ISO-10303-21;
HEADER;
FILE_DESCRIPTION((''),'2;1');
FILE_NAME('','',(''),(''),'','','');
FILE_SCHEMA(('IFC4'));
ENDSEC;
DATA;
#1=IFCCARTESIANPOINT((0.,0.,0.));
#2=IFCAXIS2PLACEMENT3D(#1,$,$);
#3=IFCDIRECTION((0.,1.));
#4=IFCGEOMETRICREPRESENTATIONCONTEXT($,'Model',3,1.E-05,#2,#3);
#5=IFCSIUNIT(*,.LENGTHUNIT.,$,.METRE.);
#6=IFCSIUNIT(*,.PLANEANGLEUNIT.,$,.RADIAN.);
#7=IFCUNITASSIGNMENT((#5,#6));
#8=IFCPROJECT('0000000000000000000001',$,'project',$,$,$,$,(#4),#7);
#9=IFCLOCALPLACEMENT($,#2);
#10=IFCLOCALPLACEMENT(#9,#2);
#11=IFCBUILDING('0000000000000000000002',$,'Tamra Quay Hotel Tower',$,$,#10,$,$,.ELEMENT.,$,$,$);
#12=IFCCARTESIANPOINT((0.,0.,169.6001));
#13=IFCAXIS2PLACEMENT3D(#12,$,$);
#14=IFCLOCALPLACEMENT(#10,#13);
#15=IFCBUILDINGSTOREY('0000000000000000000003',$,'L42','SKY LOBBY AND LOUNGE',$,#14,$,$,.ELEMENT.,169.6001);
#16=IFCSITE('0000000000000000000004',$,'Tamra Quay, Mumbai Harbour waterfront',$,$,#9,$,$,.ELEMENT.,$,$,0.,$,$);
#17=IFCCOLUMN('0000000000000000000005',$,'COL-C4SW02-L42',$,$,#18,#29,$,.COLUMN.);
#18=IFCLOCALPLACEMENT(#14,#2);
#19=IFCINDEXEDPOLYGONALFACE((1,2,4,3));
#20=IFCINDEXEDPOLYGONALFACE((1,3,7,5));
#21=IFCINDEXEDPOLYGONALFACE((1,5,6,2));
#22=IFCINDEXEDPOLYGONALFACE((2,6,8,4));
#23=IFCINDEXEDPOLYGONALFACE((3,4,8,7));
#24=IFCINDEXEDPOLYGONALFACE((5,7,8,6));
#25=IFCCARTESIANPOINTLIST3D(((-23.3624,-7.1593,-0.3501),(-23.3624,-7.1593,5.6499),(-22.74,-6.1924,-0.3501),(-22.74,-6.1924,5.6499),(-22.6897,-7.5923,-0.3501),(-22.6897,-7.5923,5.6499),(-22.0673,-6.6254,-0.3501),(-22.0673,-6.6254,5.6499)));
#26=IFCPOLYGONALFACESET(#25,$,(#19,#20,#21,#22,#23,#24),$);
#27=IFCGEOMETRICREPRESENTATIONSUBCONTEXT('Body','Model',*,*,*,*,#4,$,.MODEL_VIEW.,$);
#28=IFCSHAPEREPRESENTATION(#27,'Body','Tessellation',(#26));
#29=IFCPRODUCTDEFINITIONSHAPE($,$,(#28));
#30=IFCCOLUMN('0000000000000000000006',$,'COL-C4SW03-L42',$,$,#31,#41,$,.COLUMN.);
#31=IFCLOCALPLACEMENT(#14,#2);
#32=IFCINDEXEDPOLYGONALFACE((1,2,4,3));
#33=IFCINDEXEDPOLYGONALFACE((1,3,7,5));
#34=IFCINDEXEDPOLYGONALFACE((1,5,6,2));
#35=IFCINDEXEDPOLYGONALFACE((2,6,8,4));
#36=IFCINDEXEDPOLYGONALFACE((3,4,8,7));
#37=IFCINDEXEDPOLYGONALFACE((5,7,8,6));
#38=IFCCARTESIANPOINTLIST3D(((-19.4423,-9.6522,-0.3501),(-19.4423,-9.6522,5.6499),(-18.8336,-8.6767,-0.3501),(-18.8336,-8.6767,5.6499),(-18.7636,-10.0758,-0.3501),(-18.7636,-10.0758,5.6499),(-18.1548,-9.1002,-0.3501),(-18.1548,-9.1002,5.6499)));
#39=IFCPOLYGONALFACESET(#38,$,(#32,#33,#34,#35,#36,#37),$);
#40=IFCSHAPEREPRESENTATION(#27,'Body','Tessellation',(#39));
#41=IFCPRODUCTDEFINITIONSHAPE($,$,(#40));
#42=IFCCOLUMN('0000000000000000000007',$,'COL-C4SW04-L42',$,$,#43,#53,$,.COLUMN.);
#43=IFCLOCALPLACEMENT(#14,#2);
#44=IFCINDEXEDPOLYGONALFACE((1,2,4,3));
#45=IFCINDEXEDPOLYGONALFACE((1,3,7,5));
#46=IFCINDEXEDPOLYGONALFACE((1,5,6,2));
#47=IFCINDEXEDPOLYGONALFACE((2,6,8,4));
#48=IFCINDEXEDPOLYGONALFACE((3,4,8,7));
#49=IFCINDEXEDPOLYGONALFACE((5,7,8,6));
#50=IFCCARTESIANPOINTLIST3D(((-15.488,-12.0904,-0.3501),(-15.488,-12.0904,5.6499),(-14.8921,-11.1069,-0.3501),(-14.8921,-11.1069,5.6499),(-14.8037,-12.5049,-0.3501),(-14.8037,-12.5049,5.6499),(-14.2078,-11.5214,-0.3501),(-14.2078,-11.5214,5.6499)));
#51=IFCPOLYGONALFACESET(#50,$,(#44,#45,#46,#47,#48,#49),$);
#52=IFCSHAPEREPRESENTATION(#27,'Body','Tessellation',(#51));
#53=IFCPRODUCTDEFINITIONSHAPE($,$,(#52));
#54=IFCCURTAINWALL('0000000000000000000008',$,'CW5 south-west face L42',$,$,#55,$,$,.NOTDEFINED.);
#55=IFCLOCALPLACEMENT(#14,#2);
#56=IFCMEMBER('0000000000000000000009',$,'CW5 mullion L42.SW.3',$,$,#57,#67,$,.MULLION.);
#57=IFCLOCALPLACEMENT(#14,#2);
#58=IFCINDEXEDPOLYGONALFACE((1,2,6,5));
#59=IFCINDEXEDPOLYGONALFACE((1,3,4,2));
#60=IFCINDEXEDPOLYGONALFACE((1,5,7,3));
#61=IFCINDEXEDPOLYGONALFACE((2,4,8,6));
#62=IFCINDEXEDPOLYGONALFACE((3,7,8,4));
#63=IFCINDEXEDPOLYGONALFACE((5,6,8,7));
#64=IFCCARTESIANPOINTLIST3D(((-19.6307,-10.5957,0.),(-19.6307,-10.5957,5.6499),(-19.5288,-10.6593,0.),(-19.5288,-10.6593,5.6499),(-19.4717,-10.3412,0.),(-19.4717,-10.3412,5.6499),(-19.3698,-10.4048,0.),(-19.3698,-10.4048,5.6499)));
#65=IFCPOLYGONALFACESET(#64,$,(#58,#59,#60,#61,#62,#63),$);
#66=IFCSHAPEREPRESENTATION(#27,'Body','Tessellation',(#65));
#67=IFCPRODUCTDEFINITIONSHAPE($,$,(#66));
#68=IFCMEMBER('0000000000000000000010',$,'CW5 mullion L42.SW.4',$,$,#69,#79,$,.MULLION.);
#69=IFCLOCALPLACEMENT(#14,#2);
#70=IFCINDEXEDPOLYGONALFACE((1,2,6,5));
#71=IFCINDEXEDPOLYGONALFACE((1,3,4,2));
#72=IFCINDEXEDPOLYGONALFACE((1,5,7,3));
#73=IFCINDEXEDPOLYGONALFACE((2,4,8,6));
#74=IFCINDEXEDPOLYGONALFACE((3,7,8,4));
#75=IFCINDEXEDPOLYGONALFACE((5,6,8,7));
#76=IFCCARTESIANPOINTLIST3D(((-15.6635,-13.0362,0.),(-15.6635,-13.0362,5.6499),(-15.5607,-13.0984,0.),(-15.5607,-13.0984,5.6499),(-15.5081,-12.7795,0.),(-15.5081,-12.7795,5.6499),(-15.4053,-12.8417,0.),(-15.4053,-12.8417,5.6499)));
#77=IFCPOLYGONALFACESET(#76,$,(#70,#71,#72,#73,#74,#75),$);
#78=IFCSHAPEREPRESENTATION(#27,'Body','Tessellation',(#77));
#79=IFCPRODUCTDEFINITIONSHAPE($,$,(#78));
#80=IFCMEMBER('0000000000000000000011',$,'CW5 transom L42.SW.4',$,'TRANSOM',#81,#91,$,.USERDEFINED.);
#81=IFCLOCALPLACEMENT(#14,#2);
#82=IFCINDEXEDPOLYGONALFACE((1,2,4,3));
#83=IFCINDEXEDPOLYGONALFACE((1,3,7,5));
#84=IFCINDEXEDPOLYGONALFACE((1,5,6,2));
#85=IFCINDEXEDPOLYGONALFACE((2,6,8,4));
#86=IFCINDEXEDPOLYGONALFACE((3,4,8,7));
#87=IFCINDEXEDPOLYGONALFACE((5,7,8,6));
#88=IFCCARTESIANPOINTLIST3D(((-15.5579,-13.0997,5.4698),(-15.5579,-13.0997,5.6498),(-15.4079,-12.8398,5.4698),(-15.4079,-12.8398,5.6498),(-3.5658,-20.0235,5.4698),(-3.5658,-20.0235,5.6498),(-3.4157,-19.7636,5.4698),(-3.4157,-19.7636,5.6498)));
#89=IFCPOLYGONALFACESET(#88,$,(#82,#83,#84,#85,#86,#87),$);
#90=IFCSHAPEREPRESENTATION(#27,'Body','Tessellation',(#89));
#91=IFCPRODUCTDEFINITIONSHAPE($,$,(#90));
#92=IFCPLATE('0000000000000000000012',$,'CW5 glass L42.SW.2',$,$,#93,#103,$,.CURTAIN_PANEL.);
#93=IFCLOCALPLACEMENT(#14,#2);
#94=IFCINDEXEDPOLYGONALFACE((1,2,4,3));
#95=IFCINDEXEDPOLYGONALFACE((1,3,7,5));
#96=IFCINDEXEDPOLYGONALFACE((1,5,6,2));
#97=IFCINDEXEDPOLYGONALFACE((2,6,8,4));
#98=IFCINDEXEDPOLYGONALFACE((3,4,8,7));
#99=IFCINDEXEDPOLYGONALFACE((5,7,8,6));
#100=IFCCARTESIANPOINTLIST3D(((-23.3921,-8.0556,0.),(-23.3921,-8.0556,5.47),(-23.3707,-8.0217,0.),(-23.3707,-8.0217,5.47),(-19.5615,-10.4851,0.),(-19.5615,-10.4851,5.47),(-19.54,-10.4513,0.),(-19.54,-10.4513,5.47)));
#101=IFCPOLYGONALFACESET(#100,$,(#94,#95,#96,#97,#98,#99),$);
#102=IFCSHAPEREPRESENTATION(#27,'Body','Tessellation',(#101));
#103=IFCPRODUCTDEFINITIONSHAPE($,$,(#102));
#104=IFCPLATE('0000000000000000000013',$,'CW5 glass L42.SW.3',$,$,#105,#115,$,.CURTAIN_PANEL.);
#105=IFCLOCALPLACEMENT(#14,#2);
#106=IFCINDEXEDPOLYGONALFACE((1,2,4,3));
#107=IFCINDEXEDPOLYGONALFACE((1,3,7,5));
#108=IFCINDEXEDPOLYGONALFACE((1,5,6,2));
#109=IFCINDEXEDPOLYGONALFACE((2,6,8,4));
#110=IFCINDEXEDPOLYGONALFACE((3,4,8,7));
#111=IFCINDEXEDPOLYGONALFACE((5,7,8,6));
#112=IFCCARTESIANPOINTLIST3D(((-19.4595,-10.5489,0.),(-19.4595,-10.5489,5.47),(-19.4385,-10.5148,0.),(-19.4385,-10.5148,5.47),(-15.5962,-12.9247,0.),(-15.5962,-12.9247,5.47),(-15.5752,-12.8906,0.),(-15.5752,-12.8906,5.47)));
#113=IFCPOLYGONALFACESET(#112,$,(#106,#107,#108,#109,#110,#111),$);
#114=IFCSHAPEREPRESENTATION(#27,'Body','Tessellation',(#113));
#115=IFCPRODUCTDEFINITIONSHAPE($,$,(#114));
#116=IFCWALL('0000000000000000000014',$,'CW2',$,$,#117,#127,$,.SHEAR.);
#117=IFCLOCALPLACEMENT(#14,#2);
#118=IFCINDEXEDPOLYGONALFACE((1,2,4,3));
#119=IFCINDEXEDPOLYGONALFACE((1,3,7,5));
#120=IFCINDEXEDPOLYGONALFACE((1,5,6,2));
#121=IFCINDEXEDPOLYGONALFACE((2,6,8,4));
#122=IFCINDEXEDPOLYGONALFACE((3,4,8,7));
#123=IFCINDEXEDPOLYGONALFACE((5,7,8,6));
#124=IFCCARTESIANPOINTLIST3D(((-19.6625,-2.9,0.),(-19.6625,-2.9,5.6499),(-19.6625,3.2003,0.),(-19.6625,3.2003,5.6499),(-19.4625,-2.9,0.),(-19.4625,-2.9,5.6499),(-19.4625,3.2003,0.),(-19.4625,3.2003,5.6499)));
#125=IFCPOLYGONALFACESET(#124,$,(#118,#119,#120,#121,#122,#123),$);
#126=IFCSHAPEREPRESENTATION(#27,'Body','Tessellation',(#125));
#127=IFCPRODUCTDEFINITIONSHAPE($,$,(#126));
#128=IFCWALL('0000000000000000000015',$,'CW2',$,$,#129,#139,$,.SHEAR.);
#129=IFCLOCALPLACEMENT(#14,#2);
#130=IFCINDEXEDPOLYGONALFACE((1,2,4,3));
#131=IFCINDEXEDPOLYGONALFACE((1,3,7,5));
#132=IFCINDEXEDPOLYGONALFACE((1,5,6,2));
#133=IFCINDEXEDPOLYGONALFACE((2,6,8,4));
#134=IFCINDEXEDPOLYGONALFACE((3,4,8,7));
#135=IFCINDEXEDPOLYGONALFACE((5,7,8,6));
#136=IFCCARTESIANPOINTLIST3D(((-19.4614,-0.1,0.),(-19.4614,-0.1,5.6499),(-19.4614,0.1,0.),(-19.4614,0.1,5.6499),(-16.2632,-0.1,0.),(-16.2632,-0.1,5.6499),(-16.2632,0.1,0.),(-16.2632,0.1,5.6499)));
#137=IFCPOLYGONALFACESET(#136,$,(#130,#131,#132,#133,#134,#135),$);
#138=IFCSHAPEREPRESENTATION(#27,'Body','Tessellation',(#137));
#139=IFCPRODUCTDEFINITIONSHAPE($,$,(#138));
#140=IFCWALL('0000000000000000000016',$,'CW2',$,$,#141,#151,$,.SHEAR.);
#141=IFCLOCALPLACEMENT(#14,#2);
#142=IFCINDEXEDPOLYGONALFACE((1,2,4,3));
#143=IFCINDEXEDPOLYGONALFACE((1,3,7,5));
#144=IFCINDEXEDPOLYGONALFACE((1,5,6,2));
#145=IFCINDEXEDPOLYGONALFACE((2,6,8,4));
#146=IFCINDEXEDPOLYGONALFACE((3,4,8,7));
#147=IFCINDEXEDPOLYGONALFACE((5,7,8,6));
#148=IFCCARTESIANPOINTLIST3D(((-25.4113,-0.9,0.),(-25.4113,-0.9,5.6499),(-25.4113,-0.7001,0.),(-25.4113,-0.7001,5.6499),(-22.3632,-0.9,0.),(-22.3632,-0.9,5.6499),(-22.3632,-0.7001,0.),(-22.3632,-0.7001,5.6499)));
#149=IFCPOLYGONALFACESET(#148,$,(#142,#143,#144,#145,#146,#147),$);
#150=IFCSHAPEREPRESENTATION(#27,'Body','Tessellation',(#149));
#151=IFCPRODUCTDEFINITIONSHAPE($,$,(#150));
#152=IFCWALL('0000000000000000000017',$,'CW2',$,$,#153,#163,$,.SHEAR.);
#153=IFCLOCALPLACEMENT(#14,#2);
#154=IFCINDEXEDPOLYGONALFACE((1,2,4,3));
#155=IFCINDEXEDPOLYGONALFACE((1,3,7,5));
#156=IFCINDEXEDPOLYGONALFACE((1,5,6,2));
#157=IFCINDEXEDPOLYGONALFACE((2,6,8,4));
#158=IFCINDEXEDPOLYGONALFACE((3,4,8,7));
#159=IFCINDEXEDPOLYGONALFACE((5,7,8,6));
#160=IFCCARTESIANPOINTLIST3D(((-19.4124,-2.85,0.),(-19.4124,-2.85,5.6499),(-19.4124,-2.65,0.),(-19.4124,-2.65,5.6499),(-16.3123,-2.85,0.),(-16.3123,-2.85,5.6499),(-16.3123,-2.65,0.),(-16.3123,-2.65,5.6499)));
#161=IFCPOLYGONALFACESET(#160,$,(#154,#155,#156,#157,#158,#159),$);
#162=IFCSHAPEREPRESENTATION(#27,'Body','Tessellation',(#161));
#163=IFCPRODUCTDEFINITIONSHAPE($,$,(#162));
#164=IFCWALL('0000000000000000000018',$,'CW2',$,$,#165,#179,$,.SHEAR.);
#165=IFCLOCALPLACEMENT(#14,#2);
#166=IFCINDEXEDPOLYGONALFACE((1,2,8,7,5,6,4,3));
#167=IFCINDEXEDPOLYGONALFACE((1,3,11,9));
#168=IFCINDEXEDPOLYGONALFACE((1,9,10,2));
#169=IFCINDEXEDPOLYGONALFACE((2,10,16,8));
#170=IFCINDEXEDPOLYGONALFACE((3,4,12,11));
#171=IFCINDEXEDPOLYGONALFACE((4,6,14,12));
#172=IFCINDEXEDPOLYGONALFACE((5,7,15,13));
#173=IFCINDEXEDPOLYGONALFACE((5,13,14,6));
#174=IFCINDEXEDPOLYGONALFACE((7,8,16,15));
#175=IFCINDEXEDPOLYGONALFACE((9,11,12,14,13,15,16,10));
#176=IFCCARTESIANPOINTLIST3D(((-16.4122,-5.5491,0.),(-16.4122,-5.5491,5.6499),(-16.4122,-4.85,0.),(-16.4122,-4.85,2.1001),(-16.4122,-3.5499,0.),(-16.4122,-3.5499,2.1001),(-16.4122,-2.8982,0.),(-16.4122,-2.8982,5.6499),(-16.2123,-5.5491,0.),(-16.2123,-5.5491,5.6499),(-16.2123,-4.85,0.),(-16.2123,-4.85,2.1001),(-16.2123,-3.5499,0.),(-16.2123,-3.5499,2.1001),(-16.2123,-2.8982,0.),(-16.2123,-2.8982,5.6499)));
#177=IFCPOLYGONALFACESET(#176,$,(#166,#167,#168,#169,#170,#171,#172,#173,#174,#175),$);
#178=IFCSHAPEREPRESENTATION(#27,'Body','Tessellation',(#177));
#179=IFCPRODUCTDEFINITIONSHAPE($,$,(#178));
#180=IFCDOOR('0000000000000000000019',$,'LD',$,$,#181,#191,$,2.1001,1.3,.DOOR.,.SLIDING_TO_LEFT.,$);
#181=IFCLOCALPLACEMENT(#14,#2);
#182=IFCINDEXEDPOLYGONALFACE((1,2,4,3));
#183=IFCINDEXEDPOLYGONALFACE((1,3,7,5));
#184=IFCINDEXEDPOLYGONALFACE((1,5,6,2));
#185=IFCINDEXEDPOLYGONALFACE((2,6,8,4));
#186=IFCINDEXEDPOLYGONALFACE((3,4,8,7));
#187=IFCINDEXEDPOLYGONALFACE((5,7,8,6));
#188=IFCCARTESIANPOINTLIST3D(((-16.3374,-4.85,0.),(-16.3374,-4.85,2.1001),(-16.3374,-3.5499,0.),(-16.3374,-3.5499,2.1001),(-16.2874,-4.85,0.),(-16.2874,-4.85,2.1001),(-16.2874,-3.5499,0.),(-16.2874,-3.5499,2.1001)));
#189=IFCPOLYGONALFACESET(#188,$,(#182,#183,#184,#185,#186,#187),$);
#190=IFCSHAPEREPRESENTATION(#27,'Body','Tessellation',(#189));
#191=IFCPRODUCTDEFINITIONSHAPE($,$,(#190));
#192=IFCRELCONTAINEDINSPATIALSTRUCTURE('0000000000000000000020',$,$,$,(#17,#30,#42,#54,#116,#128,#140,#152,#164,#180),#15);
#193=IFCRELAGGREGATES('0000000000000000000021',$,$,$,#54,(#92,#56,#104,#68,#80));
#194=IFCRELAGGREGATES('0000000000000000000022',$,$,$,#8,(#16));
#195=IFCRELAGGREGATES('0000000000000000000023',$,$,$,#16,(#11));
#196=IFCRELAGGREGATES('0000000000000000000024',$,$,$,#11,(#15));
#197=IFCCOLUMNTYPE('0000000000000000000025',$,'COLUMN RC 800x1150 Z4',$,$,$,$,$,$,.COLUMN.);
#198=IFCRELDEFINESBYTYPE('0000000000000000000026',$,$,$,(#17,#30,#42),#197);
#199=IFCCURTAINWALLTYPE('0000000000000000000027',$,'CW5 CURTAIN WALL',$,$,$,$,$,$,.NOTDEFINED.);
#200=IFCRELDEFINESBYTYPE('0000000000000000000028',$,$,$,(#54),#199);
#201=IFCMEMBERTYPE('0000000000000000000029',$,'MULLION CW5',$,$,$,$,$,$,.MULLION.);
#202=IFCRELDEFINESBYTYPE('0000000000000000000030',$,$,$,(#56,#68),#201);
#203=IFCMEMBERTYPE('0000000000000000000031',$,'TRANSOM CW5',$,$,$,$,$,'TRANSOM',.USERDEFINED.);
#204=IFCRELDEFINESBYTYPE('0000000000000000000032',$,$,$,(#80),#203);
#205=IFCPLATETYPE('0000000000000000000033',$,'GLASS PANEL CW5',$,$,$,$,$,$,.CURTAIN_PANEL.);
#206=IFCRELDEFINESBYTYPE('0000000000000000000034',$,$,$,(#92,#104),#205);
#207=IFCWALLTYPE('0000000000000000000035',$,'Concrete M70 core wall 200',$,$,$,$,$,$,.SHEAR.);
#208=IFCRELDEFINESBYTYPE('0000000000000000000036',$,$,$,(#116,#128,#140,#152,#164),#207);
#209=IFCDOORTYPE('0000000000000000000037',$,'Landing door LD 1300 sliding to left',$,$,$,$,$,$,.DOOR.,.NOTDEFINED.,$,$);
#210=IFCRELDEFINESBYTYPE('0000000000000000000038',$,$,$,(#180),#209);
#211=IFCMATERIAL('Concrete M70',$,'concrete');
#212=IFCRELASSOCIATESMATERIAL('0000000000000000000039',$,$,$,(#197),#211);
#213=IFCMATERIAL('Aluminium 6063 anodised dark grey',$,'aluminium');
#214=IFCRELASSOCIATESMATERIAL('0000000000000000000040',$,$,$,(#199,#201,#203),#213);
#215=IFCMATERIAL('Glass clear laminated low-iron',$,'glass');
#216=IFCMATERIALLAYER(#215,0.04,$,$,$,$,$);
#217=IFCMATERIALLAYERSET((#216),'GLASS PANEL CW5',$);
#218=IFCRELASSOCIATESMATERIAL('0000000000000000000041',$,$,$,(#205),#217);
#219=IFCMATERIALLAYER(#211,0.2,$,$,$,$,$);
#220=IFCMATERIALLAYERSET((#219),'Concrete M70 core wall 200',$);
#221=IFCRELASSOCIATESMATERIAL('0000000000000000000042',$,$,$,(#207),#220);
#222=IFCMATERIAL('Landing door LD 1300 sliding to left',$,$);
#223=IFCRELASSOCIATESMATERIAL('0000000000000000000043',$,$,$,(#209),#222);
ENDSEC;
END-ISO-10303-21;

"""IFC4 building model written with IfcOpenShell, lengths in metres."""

from ifc_helpers import new_model, si_unit, direction, frame, frame_2d, origin, origin_2d, place, context, subcontext, project, spatial, rectangle, extrude, material, layer, layer_set, material_profile, profile_set, type_object, element, fill, aggregate, save


model = new_model("IFC4")

# Units and contexts
model_context = context("Model", 3, precision=1e-05, world=origin(), true_north=direction((0.0, 1.0)))
body_context = subcontext(model_context, "Body", "Model", "MODEL_VIEW")
ifc_project = project(units=[si_unit("LENGTHUNIT", "METRE"), si_unit("PLANEANGLEUNIT", "RADIAN")], contexts=[model_context])

# Site, building, storey
site_placement = place(None, origin())
site = spatial("IfcSite", under=ifc_project, at=site_placement, Name="Tamra Quay, Mumbai Harbour waterfront", CompositionType="ELEMENT", RefElevation=0.0)
building_placement = place(site_placement, origin())
building = spatial("IfcBuilding", under=site, at=building_placement, Name="Tamra Quay Hotel Tower", CompositionType="ELEMENT")
storey_placement = place(building_placement, frame((0.0, 0.0, 169.6001)))
storey = spatial("IfcBuildingStorey", under=building, at=storey_placement, Name="L42", Description="SKY LOBBY AND LOUNGE", CompositionType="ELEMENT", Elevation=169.6001)

# Columns
ifc_material_1 = material(Name="Concrete M70", Category="concrete")
ifc_material_profile_1 = material_profile(ifc_material_1, rectangle(XDim=1.1499, YDim=0.8, at=origin_2d()), Name="COLUMN RC 800x1150 Z4")
ifc_profile_set_1 = profile_set([ifc_material_profile_1], Name="Concrete M70")
column_type = type_object("IfcColumnType", Name="COLUMN RC 800x1150 Z4", PredefinedType="COLUMN", material=ifc_profile_set_1)
for number, where, z_axis, x_axis, name in (
    (1, (-22.7148, -6.8923, -0.3501), (0.0, 0.0, 1.0), (0.541283, 0.840841, 0.0), "COL-C4SW02-L42"),
    (2, (-18.7986, -9.3762, -0.3501), (0.0, 0.0, 1.0), (0.52941, 0.848366, 0.0), "COL-C4SW03-L42"),
    (3, (-14.8479, -11.8059, -0.3501), (0.0, 0.0, 1.0), (0.518175, 0.855275, 0.0), "COL-C4SW04-L42"),
):
    element("IfcColumn", number, at=place(storey_placement, frame(where, z_axis=z_axis, x_axis=x_axis)), inside=storey, type_object=column_type, Name=name, PredefinedType="COLUMN", context=body_context, shape_type="SweptSolid", body=[
        extrude(rectangle(XDim=1.1499, YDim=0.8, at=origin_2d()), origin(), (0.0, 0.0, 1.0), 6.0),
    ])

# Curtain wall, members, plates
ifc_material_2 = material(Name="Aluminium 6063 anodised dark grey", Category="aluminium")
curtain_wall_type = type_object("IfcCurtainWallType", Name="CW5 CURTAIN WALL", PredefinedType="NOTDEFINED", material=ifc_material_2)
curtain_wall_placement = place(storey_placement, origin())
curtain_wall = element("IfcCurtainWall", 4, at=curtain_wall_placement, inside=storey, type_object=curtain_wall_type, Name="CW5 south-west face L42", PredefinedType="NOTDEFINED")
ifc_material_profile_2 = material_profile(ifc_material_2, rectangle(XDim=0.3, YDim=0.1201, at=origin_2d()), Name="MULLION 120X300")
ifc_profile_set_2 = profile_set([ifc_material_profile_2], Name="Aluminium 6063 anodised dark grey")
member_type_1 = type_object("IfcMemberType", Name="MULLION CW5", PredefinedType="MULLION", material=ifc_profile_set_2)
member_1_placement = place(storey_placement, frame((-19.5002, -10.5002, 0.0), z_axis=(0.0, 0.0, 1.0), x_axis=(-0.529731, -0.848166, 0.0)))
member_1 = element("IfcMember", 5, at=member_1_placement, type_object=member_type_1, Name="CW5 mullion L42.SW.3", PredefinedType="MULLION", context=body_context, shape_type="SweptSolid", body=[
    extrude(rectangle(XDim=0.3, YDim=0.1201, at=origin_2d()), origin(), (0.0, 0.0, 1.0), 5.6499),
])
member_2_placement = place(storey_placement, frame((-15.5344, -12.939, 0.0), z_axis=(0.0, 0.0, 1.0), x_axis=(-0.517923, -0.855428, 0.0)))
member_2 = element("IfcMember", 6, at=member_2_placement, type_object=member_type_1, Name="CW5 mullion L42.SW.4", PredefinedType="MULLION", context=body_context, shape_type="SweptSolid", body=[
    extrude(rectangle(XDim=0.3, YDim=0.1201, at=origin_2d()), origin(), (0.0, 0.0, 1.0), 5.6499),
])
ifc_material_profile_3 = material_profile(ifc_material_2, rectangle(XDim=0.3, YDim=0.1799, at=origin_2d()), Name="TRANSOM 300X180")
ifc_profile_set_3 = profile_set([ifc_material_profile_3], Name="Aluminium 6063 anodised dark grey")
member_type_2 = type_object("IfcMemberType", Name="TRANSOM CW5", ElementType="TRANSOM", PredefinedType="USERDEFINED", material=ifc_profile_set_3)
member_3_placement = place(storey_placement, frame((-15.4829, -12.9697, 5.5598), z_axis=(0.866021, -0.500007, 0.0), x_axis=(0.500007, 0.866021, 0.0)))
member_3 = element("IfcMember", 7, at=member_3_placement, type_object=member_type_2, Name="CW5 transom L42.SW.4", ObjectType="TRANSOM", PredefinedType="USERDEFINED", context=body_context, shape_type="SweptSolid", body=[
    extrude(rectangle(XDim=0.3, YDim=0.1799, at=origin_2d()), origin(), (0.0, 0.0, 1.0), 13.8474),
])
ifc_material_3 = material(Name="Glass clear laminated low-iron", Category="glass")
ifc_layer_1 = layer(ifc_material_3, 0.04)
ifc_layer_set_1 = layer_set([ifc_layer_1], Name="GLASS PANEL CW5")
plate_type = type_object("IfcPlateType", Name="GLASS PANEL CW5", PredefinedType="CURTAIN_PANEL", material=ifc_layer_set_1)
plate_1_placement = place(storey_placement, frame((-21.4661, -9.2534, 0.0), z_axis=(0.0, 0.0, 1.0), x_axis=(0.844476, -0.535594, 0.0)))
plate_1 = element("IfcPlate", 8, at=plate_1_placement, type_object=plate_type, Name="CW5 glass L42.SW.2", PredefinedType="CURTAIN_PANEL", context=body_context, shape_type="SweptSolid", body=[
    extrude(rectangle(XDim=4.5361, YDim=0.04, at=origin_2d()), origin(), (0.0, 0.0, 1.0), 5.47),
])
plate_2_placement = place(storey_placement, frame((-17.5173, -11.7197, 0.0), z_axis=(0.0, 0.0, 1.0), x_axis=(0.851815, -0.523843, 0.0)))
plate_2 = element("IfcPlate", 9, at=plate_2_placement, type_object=plate_type, Name="CW5 glass L42.SW.3", PredefinedType="CURTAIN_PANEL", context=body_context, shape_type="SweptSolid", body=[
    extrude(rectangle(XDim=4.5354, YDim=0.04, at=origin_2d()), origin(), (0.0, 0.0, 1.0), 5.47),
])
aggregate(curtain_wall, [plate_1, member_1, plate_2, member_2, member_3])

# Walls
ifc_layer_2 = layer(ifc_material_1, 0.2)
ifc_layer_set_2 = layer_set([ifc_layer_2], Name="Concrete M70 core wall 200")
wall_type_1 = type_object("IfcWallType", Name="Concrete M70 core wall 200", PredefinedType="SHEAR", material=ifc_layer_set_2)
wall_1_placement = place(storey_placement, frame((-19.5625, -2.9001, 0.0), z_axis=(0.0, 0.0, 1.0), x_axis=(0.0, 1.0, 0.0)))
element("IfcWall", 10, at=wall_1_placement, inside=storey, type_object=wall_type_1, Name="CW2", PredefinedType="SHEAR", context=body_context, shape_type="SweptSolid", body=[
    extrude(rectangle(XDim=6.1003, YDim=0.2, at=frame_2d((3.0503, 0.0))), origin(), (0.0, 0.0, 1.0), 5.6499),
])
wall_2_placement = place(storey_placement, frame((-16.2632, 0.0, 0.0), z_axis=(0.0, 0.0, 1.0), x_axis=(-1.0, 0.0, 0.0)))
element("IfcWall", 11, at=wall_2_placement, inside=storey, type_object=wall_type_1, Name="CW2", PredefinedType="SHEAR", context=body_context, shape_type="SweptSolid", body=[
    extrude(rectangle(XDim=3.1982, YDim=0.2, at=frame_2d((1.5991, 0.0))), origin(), (0.0, 0.0, 1.0), 5.6499),
])
wall_3_placement = place(storey_placement, frame((-22.3633, -0.8, 0.0), z_axis=(0.0, 0.0, 1.0), x_axis=(-1.0, 0.0, 0.0)))
element("IfcWall", 12, at=wall_3_placement, inside=storey, type_object=wall_type_1, Name="CW2", PredefinedType="SHEAR", context=body_context, shape_type="SweptSolid", body=[
    extrude(rectangle(XDim=3.0481, YDim=0.2, at=frame_2d((1.5239, 0.0))), origin(), (0.0, 0.0, 1.0), 5.6499),
])
wall_4_placement = place(storey_placement, frame((-19.4124, -2.75, 0.0), z_axis=(0.0, 0.0, 1.0), x_axis=(1.0, 0.0, 0.0)))
element("IfcWall", 13, at=wall_4_placement, inside=storey, type_object=wall_type_1, Name="CW2", PredefinedType="SHEAR", context=body_context, shape_type="SweptSolid", body=[
    extrude(rectangle(XDim=3.1001, YDim=0.2, at=frame_2d((1.55, 0.0))), origin(), (0.0, 0.0, 1.0), 5.6499),
])

# Wall, opening, door
wall_5_placement = place(storey_placement, frame((-16.3123, -2.8982, 0.0), z_axis=(0.0, 0.0, 1.0), x_axis=(0.0, -1.0, 0.0)))
wall_5 = element("IfcWall", 14, at=wall_5_placement, inside=storey, type_object=wall_type_1, Name="CW2", PredefinedType="SHEAR", context=body_context, shape_type="SweptSolid", body=[
    extrude(rectangle(XDim=2.6509, YDim=0.2, at=frame_2d((1.3254, 0.0))), origin(), (0.0, 0.0, 1.0), 5.6499),
])
opening_placement = place(wall_5_placement, frame((0.6519, 0.0, 0.0)))
opening = element("IfcOpeningElement", 15, at=opening_placement, cuts=wall_5, PredefinedType="OPENING", context=body_context, shape_type="SweptSolid", body=[
    extrude(rectangle(XDim=1.3, YDim=2.1001, at=frame_2d((0.6499, 1.05))), frame((0.0, 0.1099, 0.0), z_axis=(0.0, -1.0, 0.0), x_axis=(1.0, 0.0, 0.0)), (0.0, 0.0, 1.0), 0.22),
])
ifc_material_4 = material(Name="Landing door LD 1300 sliding to left")
door_type = type_object("IfcDoorType", Name="Landing door LD 1300 sliding to left", OperationType="NOTDEFINED", PredefinedType="DOOR", material=ifc_material_4)
door_placement = place(opening_placement, origin())
door = element("IfcDoor", 16, at=door_placement, inside=storey, type_object=door_type, Name="LD", OperationType="SLIDING_TO_LEFT", OverallHeight=2.1001, OverallWidth=1.3, PredefinedType="DOOR", context=body_context, shape_type="SweptSolid", body=[
    extrude(rectangle(XDim=1.3, YDim=2.1001, at=frame_2d((0.6499, 1.05))), frame((0.0, 0.0249, 0.0), z_axis=(0.0, -1.0, 0.0), x_axis=(1.0, 0.0, 0.0)), (0.0, 0.0, 1.0), 0.05),
])
fill(opening, door)

save(model, "model.ifc")
